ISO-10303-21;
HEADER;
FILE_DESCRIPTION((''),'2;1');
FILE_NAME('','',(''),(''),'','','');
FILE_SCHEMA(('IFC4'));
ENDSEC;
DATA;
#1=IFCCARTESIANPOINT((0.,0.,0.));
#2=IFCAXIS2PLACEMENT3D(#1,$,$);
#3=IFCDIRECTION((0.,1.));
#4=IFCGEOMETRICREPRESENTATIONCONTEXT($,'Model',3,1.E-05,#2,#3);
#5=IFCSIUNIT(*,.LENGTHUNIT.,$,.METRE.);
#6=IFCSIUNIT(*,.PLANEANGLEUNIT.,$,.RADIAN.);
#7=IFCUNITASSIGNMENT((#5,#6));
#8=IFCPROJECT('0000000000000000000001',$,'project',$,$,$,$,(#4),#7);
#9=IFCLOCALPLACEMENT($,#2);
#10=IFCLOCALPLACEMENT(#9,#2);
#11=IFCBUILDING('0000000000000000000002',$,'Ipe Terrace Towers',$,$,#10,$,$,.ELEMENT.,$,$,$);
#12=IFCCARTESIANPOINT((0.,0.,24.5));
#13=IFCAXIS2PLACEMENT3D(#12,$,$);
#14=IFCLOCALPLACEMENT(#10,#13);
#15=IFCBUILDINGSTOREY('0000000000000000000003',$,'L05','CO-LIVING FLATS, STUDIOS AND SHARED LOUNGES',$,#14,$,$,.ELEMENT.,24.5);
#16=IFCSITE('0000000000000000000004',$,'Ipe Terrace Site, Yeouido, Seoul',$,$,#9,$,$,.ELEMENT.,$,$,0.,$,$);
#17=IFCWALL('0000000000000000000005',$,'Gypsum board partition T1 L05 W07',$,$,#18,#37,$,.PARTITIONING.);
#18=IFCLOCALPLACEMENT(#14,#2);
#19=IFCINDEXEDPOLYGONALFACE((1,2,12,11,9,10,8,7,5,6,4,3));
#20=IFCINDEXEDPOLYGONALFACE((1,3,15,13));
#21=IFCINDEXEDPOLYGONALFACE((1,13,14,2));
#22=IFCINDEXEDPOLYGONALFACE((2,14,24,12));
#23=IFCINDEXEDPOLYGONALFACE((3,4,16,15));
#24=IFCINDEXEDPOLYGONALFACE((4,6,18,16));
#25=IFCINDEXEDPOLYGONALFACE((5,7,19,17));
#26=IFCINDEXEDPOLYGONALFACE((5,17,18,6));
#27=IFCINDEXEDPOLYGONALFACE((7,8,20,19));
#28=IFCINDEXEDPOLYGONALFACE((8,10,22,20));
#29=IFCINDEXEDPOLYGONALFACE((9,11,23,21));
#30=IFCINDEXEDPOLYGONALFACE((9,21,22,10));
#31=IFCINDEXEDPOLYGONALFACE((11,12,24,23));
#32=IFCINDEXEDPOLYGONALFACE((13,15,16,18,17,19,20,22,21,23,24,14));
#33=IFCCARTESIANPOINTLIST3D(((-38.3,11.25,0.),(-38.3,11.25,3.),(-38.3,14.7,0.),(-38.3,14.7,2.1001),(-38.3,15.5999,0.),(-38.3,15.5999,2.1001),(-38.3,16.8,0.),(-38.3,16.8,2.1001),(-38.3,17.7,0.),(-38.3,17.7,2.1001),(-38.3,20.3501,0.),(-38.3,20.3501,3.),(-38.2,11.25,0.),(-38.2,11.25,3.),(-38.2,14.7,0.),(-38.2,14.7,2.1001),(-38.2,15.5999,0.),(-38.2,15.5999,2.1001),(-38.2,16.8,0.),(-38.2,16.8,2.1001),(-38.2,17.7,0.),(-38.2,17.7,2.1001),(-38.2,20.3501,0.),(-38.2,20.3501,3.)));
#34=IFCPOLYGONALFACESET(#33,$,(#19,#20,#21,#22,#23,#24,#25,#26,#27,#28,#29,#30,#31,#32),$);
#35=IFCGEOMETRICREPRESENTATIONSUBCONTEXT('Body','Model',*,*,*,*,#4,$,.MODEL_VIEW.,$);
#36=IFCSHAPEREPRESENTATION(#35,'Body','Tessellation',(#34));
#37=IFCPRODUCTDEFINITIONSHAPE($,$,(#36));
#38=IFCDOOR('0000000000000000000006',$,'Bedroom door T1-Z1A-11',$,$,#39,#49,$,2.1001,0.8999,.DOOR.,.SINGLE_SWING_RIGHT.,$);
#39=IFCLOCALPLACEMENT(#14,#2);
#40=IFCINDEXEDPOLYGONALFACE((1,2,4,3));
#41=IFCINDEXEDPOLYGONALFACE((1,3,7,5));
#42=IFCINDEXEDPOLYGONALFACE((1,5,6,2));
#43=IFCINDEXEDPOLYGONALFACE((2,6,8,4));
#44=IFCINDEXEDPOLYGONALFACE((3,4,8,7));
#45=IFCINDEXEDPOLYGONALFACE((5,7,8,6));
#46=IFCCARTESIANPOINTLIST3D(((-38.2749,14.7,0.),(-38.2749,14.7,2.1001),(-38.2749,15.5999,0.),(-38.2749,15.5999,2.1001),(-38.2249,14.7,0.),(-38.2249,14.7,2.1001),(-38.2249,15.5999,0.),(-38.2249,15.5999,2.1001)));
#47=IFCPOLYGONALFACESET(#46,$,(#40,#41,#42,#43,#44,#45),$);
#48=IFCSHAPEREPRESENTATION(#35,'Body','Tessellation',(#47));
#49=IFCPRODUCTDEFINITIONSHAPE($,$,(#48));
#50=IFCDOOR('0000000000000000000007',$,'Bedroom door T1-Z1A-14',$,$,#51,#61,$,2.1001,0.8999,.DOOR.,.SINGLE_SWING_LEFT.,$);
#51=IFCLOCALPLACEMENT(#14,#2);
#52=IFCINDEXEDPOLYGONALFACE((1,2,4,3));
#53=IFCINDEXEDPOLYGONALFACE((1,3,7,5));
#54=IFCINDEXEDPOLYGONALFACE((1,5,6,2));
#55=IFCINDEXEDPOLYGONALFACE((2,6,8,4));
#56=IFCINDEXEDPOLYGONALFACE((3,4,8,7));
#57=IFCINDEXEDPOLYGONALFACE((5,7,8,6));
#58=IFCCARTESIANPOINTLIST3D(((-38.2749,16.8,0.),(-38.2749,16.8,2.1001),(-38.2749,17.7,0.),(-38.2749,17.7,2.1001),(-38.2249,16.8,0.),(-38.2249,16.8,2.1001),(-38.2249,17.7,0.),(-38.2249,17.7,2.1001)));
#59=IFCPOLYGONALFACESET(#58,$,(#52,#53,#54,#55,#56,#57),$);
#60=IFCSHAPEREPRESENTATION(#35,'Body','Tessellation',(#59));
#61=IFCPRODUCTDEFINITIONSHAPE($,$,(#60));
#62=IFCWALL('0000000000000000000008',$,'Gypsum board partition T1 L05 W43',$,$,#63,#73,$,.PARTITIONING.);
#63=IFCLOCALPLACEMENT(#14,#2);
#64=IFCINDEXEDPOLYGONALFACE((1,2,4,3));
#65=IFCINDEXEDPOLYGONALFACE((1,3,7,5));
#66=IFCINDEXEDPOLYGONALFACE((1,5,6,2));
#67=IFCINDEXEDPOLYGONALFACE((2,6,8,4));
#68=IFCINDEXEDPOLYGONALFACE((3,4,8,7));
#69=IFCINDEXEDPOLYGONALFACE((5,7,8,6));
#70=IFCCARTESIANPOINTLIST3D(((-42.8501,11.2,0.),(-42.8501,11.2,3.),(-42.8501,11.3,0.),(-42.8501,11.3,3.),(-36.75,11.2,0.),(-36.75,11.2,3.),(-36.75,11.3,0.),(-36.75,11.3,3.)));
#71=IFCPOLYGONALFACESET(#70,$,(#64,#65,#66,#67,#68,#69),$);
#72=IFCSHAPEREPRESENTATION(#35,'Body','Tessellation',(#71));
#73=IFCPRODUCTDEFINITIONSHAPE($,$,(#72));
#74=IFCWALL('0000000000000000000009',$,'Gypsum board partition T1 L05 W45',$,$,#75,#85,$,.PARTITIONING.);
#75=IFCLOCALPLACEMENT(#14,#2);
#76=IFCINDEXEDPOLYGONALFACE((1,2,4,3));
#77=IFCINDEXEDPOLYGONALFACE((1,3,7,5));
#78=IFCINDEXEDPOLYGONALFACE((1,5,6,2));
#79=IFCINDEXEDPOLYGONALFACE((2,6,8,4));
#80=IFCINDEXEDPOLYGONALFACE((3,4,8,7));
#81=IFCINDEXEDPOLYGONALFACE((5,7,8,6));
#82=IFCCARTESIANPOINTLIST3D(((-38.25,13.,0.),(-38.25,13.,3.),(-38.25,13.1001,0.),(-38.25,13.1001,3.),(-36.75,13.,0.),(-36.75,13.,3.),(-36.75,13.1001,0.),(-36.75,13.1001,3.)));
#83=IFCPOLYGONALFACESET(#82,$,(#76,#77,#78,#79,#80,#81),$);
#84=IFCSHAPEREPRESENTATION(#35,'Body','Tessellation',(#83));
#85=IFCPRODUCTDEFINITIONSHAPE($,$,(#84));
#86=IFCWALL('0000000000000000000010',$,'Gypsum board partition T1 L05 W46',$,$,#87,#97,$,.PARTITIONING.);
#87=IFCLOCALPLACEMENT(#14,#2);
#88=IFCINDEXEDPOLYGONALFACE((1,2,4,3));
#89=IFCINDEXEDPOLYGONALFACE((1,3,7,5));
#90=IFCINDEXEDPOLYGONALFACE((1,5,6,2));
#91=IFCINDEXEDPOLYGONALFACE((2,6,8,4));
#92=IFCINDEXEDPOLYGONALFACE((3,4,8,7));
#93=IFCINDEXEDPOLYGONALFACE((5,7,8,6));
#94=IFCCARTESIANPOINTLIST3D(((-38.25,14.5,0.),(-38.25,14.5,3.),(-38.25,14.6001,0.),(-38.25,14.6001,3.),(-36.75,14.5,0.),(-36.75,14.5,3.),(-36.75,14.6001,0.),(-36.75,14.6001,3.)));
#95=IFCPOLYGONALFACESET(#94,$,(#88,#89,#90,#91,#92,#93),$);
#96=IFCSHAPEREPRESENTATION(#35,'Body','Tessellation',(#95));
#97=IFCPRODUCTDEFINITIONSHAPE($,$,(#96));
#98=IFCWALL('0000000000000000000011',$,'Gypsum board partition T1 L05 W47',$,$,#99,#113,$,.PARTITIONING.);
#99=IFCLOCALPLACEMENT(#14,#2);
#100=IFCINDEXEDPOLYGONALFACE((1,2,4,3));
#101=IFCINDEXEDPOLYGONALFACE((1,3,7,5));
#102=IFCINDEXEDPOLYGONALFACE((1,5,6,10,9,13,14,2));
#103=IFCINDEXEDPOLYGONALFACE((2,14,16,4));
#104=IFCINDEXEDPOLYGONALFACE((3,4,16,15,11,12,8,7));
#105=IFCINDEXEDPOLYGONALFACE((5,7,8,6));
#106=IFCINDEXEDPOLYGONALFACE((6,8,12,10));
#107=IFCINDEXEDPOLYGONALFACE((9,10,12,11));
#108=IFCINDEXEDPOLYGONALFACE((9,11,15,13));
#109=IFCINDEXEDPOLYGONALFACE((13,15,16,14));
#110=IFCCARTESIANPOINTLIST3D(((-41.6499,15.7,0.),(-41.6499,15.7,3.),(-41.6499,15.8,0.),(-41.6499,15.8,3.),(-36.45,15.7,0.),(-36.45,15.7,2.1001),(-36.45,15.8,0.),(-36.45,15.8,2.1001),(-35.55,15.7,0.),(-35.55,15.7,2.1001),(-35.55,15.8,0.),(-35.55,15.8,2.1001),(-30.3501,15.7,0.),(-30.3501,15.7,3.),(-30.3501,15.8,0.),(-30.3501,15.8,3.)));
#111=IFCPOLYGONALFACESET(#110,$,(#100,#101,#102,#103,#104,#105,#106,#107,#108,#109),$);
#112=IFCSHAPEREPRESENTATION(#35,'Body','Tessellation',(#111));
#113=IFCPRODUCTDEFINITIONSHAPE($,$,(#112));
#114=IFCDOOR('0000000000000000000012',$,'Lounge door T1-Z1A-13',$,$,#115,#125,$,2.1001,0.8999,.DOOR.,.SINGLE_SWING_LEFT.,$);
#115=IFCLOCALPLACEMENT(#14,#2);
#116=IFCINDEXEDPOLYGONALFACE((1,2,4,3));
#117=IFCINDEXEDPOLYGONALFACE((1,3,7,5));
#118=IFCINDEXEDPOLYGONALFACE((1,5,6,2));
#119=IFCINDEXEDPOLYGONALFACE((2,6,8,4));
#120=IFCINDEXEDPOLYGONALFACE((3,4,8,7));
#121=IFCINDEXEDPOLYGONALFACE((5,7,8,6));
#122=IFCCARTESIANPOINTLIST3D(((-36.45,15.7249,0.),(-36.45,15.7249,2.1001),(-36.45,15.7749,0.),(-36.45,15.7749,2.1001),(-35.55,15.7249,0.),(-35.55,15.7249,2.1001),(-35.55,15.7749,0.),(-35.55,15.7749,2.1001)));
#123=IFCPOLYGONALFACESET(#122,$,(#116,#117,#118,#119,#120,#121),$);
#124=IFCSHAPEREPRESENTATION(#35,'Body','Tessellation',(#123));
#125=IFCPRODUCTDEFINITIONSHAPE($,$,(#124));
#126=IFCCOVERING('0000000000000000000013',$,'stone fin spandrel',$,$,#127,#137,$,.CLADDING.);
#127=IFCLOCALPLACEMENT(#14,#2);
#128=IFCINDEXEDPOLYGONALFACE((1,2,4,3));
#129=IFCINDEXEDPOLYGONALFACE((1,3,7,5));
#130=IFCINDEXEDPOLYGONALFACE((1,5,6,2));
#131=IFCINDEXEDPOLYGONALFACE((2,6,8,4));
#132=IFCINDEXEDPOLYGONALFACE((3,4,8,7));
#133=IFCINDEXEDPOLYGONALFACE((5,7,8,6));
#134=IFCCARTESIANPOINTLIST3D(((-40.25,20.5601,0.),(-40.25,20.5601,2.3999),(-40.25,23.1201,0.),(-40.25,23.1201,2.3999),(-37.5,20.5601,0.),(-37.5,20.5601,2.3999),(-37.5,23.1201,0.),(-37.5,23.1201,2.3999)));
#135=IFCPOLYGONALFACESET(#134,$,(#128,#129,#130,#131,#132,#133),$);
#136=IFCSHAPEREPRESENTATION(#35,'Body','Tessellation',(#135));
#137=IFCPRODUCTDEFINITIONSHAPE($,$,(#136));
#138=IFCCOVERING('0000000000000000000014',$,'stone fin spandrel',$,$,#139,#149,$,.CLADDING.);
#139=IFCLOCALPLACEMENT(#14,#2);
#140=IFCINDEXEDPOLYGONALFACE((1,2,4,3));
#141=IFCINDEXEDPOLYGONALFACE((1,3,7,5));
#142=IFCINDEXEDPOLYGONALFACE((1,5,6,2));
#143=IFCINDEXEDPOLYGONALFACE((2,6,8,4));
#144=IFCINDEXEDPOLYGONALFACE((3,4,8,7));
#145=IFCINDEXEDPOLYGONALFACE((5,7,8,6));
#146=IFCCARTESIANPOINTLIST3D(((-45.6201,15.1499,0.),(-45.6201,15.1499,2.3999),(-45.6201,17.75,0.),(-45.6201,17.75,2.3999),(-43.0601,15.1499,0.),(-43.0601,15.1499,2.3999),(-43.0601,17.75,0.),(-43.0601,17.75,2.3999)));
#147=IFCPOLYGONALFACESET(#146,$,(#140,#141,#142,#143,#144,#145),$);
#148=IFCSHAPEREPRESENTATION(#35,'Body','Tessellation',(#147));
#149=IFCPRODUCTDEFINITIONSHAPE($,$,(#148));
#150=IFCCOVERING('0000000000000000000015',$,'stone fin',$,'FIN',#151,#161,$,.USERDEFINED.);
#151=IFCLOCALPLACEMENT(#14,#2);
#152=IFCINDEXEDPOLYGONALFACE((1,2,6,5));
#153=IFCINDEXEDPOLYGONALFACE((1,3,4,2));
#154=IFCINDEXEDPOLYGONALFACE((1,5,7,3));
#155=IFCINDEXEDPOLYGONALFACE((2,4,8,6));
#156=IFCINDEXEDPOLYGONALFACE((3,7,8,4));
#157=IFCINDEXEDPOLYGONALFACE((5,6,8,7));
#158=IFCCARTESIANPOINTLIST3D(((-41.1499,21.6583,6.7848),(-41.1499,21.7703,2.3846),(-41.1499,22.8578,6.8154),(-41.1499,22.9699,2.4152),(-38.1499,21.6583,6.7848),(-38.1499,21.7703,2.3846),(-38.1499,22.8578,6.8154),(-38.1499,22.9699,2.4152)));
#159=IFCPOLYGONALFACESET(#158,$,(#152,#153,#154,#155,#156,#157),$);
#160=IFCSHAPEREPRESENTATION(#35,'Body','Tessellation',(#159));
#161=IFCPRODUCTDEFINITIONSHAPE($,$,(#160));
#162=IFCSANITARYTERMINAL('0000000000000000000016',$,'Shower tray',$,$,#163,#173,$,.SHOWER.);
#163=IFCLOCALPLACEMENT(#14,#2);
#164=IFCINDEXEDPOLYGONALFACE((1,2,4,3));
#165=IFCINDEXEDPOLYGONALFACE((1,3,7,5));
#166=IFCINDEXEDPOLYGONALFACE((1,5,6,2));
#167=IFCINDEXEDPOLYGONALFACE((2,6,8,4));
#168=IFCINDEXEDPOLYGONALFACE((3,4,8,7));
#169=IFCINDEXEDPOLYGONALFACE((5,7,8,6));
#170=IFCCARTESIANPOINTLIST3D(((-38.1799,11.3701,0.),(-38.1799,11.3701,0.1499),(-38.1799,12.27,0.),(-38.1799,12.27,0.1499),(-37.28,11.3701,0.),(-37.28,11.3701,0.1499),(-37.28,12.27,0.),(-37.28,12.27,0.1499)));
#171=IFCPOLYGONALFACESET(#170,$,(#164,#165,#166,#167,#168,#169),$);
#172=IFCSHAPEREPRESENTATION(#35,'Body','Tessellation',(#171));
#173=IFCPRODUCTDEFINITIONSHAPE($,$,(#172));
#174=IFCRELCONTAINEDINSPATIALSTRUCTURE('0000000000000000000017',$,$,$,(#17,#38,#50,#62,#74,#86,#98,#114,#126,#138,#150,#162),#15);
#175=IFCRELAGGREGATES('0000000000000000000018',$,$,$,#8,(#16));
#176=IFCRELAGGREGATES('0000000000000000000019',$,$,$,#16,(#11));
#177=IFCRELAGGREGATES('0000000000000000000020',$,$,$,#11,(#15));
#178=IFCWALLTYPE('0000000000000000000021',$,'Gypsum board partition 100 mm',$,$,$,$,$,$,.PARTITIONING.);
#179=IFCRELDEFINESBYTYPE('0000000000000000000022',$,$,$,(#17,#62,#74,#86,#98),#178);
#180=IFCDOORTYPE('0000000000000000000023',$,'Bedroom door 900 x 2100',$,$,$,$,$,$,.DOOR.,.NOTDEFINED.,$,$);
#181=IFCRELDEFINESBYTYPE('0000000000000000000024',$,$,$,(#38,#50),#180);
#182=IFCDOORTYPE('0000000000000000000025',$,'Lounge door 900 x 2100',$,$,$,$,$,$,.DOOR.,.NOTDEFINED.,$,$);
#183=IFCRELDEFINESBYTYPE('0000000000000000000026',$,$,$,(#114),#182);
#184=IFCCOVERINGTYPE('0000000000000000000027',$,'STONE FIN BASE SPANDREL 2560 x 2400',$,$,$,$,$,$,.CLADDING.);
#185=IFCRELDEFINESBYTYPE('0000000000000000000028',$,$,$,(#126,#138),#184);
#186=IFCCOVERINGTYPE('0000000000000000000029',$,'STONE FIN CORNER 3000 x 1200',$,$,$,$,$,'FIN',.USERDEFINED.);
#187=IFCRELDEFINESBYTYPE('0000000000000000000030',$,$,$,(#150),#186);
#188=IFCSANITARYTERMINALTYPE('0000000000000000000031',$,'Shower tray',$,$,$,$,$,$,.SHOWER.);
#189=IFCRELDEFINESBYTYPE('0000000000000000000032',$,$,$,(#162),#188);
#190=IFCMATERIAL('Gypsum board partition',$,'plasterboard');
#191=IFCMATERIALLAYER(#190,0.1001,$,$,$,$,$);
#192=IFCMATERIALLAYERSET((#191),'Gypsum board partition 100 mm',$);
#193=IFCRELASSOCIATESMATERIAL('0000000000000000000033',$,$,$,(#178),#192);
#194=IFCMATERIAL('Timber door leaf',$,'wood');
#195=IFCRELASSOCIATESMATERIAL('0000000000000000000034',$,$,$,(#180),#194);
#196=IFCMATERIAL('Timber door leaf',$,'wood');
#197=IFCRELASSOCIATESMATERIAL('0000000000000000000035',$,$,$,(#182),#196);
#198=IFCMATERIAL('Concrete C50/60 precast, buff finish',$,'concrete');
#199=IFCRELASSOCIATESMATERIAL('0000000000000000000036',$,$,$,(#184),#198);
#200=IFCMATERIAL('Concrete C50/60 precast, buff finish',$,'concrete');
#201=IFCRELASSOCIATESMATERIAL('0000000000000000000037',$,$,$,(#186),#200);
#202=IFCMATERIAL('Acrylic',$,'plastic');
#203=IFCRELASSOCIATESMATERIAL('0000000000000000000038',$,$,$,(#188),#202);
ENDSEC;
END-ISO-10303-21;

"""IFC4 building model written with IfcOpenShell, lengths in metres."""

from ifc_helpers import new_model, si_unit, direction, frame, frame_2d, origin, origin_2d, place, context, subcontext, project, spatial, rectangle, extrude, material, layer, layer_set, material_profile, profile_set, type_object, element, fill, save


model = new_model("IFC4")

# Units and contexts
model_context = context("Model", 3, precision=1e-05, world=origin(), true_north=direction((0.0, 1.0)))
body_context = subcontext(model_context, "Body", "Model", "MODEL_VIEW")
ifc_project = project(units=[si_unit("LENGTHUNIT", "METRE"), si_unit("PLANEANGLEUNIT", "RADIAN")], contexts=[model_context])

# Site, building, storey
site_placement = place(None, origin())
site = spatial("IfcSite", under=ifc_project, at=site_placement, Name="Ipe Terrace Site, Yeouido, Seoul", CompositionType="ELEMENT", RefElevation=0.0)
building_placement = place(site_placement, origin())
building = spatial("IfcBuilding", under=site, at=building_placement, Name="Ipe Terrace Towers", CompositionType="ELEMENT")
storey_placement = place(building_placement, frame((0.0, 0.0, 24.5)))
storey = spatial("IfcBuildingStorey", under=building, at=storey_placement, Name="L05", Description="CO-LIVING FLATS, STUDIOS AND SHARED LOUNGES", CompositionType="ELEMENT", Elevation=24.5)

# Wall, openings, doors
ifc_material_1 = material(Name="Gypsum board partition", Category="plasterboard")
ifc_layer_1 = layer(ifc_material_1, 0.1001)
ifc_layer_set_1 = layer_set([ifc_layer_1], Name="Gypsum board partition 100 mm")
wall_type_1 = type_object("IfcWallType", Name="Gypsum board partition 100 mm", PredefinedType="PARTITIONING", material=ifc_layer_set_1)
wall_1_placement = place(storey_placement, frame((-38.25, 11.25, 0.0), z_axis=(0.0, 0.0, 1.0), x_axis=(0.0, 1.0, 0.0)))
wall_1 = element("IfcWall", 1, at=wall_1_placement, inside=storey, type_object=wall_type_1, Name="Gypsum board partition T1 L05 W07", PredefinedType="PARTITIONING", context=body_context, shape_type="SweptSolid", body=[
    extrude(rectangle(XDim=9.1001, YDim=0.1001, at=frame_2d((4.55, 0.0))), origin(), (0.0, 0.0, 1.0), 3.0),
])
opening_1_placement = place(wall_1_placement, frame((3.45, 0.0, 0.0)))
opening_1 = element("IfcOpeningElement", 2, at=opening_1_placement, cuts=wall_1, PredefinedType="OPENING", context=body_context, shape_type="SweptSolid", body=[
    extrude(rectangle(XDim=0.8999, YDim=2.1001, at=frame_2d((0.45, 1.05))), frame((0.0, 0.0601, 0.0), z_axis=(0.0, -1.0, 0.0), x_axis=(1.0, 0.0, 0.0)), (0.0, 0.0, 1.0), 0.1201),
])
opening_2_placement = place(wall_1_placement, frame((5.55, 0.0, 0.0)))
opening_2 = element("IfcOpeningElement", 3, at=opening_2_placement, cuts=wall_1, PredefinedType="OPENING", context=body_context, shape_type="SweptSolid", body=[
    extrude(rectangle(XDim=0.8999, YDim=2.1001, at=frame_2d((0.45, 1.05))), frame((0.0, 0.0601, 0.0), z_axis=(0.0, -1.0, 0.0), x_axis=(1.0, 0.0, 0.0)), (0.0, 0.0, 1.0), 0.1201),
])
ifc_material_2 = material(Name="Timber door leaf", Category="wood")
door_type_1 = type_object("IfcDoorType", Name="Bedroom door 900 x 2100", OperationType="NOTDEFINED", PredefinedType="DOOR", material=ifc_material_2)
door_1_placement = place(opening_1_placement, origin())
door_1 = element("IfcDoor", 4, at=door_1_placement, inside=storey, type_object=door_type_1, Name="Bedroom door T1-Z1A-11", OperationType="SINGLE_SWING_RIGHT", OverallHeight=2.1001, OverallWidth=0.8999, PredefinedType="DOOR", context=body_context, shape_type="SweptSolid", body=[
    extrude(rectangle(XDim=0.8999, YDim=2.1001, at=frame_2d((0.45, 1.05))), frame((0.0, 0.0249, 0.0), z_axis=(0.0, -1.0, 0.0), x_axis=(1.0, 0.0, 0.0)), (0.0, 0.0, 1.0), 0.05),
])
fill(opening_1, door_1)
door_2_placement = place(opening_2_placement, origin())
door_2 = element("IfcDoor", 5, at=door_2_placement, inside=storey, type_object=door_type_1, Name="Bedroom door T1-Z1A-14", OperationType="SINGLE_SWING_LEFT", OverallHeight=2.1001, OverallWidth=0.8999, PredefinedType="DOOR", context=body_context, shape_type="SweptSolid", body=[
    extrude(rectangle(XDim=0.8999, YDim=2.1001, at=frame_2d((0.45, 1.05))), frame((0.0, 0.0249, 0.0), z_axis=(0.0, -1.0, 0.0), x_axis=(1.0, 0.0, 0.0)), (0.0, 0.0, 1.0), 0.05),
])
fill(opening_2, door_2)

# Walls
wall_2_placement = place(storey_placement, frame((-42.8501, 11.25, 0.0), z_axis=(0.0, 0.0, 1.0), x_axis=(1.0, 0.0, 0.0)))
element("IfcWall", 6, at=wall_2_placement, inside=storey, type_object=wall_type_1, Name="Gypsum board partition T1 L05 W43", PredefinedType="PARTITIONING", context=body_context, shape_type="SweptSolid", body=[
    extrude(rectangle(XDim=6.1001, YDim=0.1001, at=frame_2d((3.05, 0.0))), origin(), (0.0, 0.0, 1.0), 3.0),
])
for number, where, z_axis, x_axis, name in (
    (7, (-38.25, 13.05, 0.0), (0.0, 0.0, 1.0), (1.0, 0.0, 0.0), "Gypsum board partition T1 L05 W45"),
    (8, (-38.25, 14.55, 0.0), (0.0, 0.0, 1.0), (1.0, 0.0, 0.0), "Gypsum board partition T1 L05 W46"),
):
    element("IfcWall", number, at=place(storey_placement, frame(where, z_axis=z_axis, x_axis=x_axis)), inside=storey, type_object=wall_type_1, Name=name, PredefinedType="PARTITIONING", context=body_context, shape_type="SweptSolid", body=[
        extrude(rectangle(XDim=1.5, YDim=0.1001, at=frame_2d((0.75, 0.0))), origin(), (0.0, 0.0, 1.0), 3.0),
    ])

# Wall, opening, door
wall_3_placement = place(storey_placement, frame((-41.6499, 15.75, 0.0), z_axis=(0.0, 0.0, 1.0), x_axis=(1.0, 0.0, 0.0)))
wall_3 = element("IfcWall", 9, at=wall_3_placement, inside=storey, type_object=wall_type_1, Name="Gypsum board partition T1 L05 W47", PredefinedType="PARTITIONING", context=body_context, shape_type="SweptSolid", body=[
    extrude(rectangle(XDim=11.2998, YDim=0.1001, at=frame_2d((5.6499, 0.0))), origin(), (0.0, 0.0, 1.0), 3.0),
])
opening_3_placement = place(wall_3_placement, frame((5.2, 0.0, 0.0)))
opening_3 = element("IfcOpeningElement", 10, at=opening_3_placement, cuts=wall_3, PredefinedType="OPENING", context=body_context, shape_type="SweptSolid", body=[
    extrude(rectangle(XDim=0.8999, YDim=2.1001, at=frame_2d((0.45, 1.05))), frame((0.0, 0.0601, 0.0), z_axis=(0.0, -1.0, 0.0), x_axis=(1.0, 0.0, 0.0)), (0.0, 0.0, 1.0), 0.1201),
])
ifc_material_3 = material(Name="Timber door leaf", Category="wood")
door_type_2 = type_object("IfcDoorType", Name="Lounge door 900 x 2100", OperationType="NOTDEFINED", PredefinedType="DOOR", material=ifc_material_3)
door_3_placement = place(opening_3_placement, origin())
door_3 = element("IfcDoor", 11, at=door_3_placement, inside=storey, type_object=door_type_2, Name="Lounge door T1-Z1A-13", OperationType="SINGLE_SWING_LEFT", OverallHeight=2.1001, OverallWidth=0.8999, PredefinedType="DOOR", context=body_context, shape_type="SweptSolid", body=[
    extrude(rectangle(XDim=0.8999, YDim=2.1001, at=frame_2d((0.45, 1.05))), frame((0.0, 0.0249, 0.0), z_axis=(0.0, -1.0, 0.0), x_axis=(1.0, 0.0, 0.0)), (0.0, 0.0, 1.0), 0.05),
])
fill(opening_3, door_3)

# Coverings
ifc_material_4 = material(Name="Concrete C50/60 precast, buff finish", Category="concrete")
ifc_material_profile_1 = material_profile(ifc_material_4, rectangle(XDim=2.5601, YDim=2.3999, at=origin_2d()), Name="STONE FIN BASE SPANDREL 2560 x 2400")
ifc_profile_set_1 = profile_set([ifc_material_profile_1], Name="Concrete C50/60 precast, buff finish")
covering_type_1 = type_object("IfcCoveringType", Name="STONE FIN BASE SPANDREL 2560 x 2400", PredefinedType="CLADDING", material=ifc_profile_set_1)
covering_1_placement = place(storey_placement, frame((-37.5, 21.8401, 1.2), z_axis=(-1.0, 0.0, 0.0), x_axis=(0.0, 1.0, 0.0)))
element("IfcCovering", 12, at=covering_1_placement, inside=storey, type_object=covering_type_1, Name="stone fin spandrel", PredefinedType="CLADDING", context=body_context, shape_type="SweptSolid", body=[
    extrude(rectangle(XDim=2.5601, YDim=2.3999, at=origin_2d()), origin(), (0.0, 0.0, 1.0), 2.75),
])
covering_2_placement = place(storey_placement, frame((-44.3401, 17.75, 1.2), z_axis=(0.0, -1.0, 0.0), x_axis=(-1.0, 0.0, 0.0)))
element("IfcCovering", 13, at=covering_2_placement, inside=storey, type_object=covering_type_1, Name="stone fin spandrel", PredefinedType="CLADDING", context=body_context, shape_type="SweptSolid", body=[
    extrude(rectangle(XDim=2.5601, YDim=2.3999, at=origin_2d()), origin(), (0.0, 0.0, 1.0), 2.6001),
])
ifc_material_5 = material(Name="Concrete C50/60 precast, buff finish", Category="concrete")
ifc_material_profile_2 = material_profile(ifc_material_5, rectangle(XDim=3.0, YDim=1.2, at=origin_2d()), Name="STONE FIN CORNER 3000 x 1200")
ifc_profile_set_2 = profile_set([ifc_material_profile_2], Name="Concrete C50/60 precast, buff finish")
covering_type_2 = type_object("IfcCoveringType", Name="STONE FIN CORNER 3000 x 1200", ElementType="FIN", PredefinedType="USERDEFINED", material=ifc_profile_set_2)
covering_3_placement = place(storey_placement, frame((-39.6499, 22.3701, 2.3999), z_axis=(0.0, -0.025459, 0.999676), x_axis=(-1.0, 0.0, 0.0)))
element("IfcCovering", 14, at=covering_3_placement, inside=storey, type_object=covering_type_2, Name="stone fin", ObjectType="FIN", PredefinedType="USERDEFINED", context=body_context, shape_type="SweptSolid", body=[
    extrude(rectangle(XDim=3.0, YDim=1.2, at=origin_2d()), origin(), (0.0, 0.0, 1.0), 4.4016),
])

# Sanitary terminal
ifc_material_6 = material(Name="Acrylic", Category="plastic")
sanitary_terminal_type_1 = type_object("IfcSanitaryTerminalType", Name="Shower tray", PredefinedType="SHOWER", material=ifc_material_6)
sanitary_terminal_1_placement = place(storey_placement, frame((-37.73, 11.8201, 0.0), z_axis=(0.0, 0.0, 1.0), x_axis=(1.0, 0.0, 0.0)))
element("IfcSanitaryTerminal", 15, at=sanitary_terminal_1_placement, inside=storey, type_object=sanitary_terminal_type_1, Name="Shower tray", PredefinedType="SHOWER", context=body_context, shape_type="SweptSolid", body=[
    extrude(rectangle(XDim=0.8999, YDim=0.8999, at=origin_2d()), origin(), (0.0, 0.0, 1.0), 0.1499),
])

save(model, "model.ifc")
